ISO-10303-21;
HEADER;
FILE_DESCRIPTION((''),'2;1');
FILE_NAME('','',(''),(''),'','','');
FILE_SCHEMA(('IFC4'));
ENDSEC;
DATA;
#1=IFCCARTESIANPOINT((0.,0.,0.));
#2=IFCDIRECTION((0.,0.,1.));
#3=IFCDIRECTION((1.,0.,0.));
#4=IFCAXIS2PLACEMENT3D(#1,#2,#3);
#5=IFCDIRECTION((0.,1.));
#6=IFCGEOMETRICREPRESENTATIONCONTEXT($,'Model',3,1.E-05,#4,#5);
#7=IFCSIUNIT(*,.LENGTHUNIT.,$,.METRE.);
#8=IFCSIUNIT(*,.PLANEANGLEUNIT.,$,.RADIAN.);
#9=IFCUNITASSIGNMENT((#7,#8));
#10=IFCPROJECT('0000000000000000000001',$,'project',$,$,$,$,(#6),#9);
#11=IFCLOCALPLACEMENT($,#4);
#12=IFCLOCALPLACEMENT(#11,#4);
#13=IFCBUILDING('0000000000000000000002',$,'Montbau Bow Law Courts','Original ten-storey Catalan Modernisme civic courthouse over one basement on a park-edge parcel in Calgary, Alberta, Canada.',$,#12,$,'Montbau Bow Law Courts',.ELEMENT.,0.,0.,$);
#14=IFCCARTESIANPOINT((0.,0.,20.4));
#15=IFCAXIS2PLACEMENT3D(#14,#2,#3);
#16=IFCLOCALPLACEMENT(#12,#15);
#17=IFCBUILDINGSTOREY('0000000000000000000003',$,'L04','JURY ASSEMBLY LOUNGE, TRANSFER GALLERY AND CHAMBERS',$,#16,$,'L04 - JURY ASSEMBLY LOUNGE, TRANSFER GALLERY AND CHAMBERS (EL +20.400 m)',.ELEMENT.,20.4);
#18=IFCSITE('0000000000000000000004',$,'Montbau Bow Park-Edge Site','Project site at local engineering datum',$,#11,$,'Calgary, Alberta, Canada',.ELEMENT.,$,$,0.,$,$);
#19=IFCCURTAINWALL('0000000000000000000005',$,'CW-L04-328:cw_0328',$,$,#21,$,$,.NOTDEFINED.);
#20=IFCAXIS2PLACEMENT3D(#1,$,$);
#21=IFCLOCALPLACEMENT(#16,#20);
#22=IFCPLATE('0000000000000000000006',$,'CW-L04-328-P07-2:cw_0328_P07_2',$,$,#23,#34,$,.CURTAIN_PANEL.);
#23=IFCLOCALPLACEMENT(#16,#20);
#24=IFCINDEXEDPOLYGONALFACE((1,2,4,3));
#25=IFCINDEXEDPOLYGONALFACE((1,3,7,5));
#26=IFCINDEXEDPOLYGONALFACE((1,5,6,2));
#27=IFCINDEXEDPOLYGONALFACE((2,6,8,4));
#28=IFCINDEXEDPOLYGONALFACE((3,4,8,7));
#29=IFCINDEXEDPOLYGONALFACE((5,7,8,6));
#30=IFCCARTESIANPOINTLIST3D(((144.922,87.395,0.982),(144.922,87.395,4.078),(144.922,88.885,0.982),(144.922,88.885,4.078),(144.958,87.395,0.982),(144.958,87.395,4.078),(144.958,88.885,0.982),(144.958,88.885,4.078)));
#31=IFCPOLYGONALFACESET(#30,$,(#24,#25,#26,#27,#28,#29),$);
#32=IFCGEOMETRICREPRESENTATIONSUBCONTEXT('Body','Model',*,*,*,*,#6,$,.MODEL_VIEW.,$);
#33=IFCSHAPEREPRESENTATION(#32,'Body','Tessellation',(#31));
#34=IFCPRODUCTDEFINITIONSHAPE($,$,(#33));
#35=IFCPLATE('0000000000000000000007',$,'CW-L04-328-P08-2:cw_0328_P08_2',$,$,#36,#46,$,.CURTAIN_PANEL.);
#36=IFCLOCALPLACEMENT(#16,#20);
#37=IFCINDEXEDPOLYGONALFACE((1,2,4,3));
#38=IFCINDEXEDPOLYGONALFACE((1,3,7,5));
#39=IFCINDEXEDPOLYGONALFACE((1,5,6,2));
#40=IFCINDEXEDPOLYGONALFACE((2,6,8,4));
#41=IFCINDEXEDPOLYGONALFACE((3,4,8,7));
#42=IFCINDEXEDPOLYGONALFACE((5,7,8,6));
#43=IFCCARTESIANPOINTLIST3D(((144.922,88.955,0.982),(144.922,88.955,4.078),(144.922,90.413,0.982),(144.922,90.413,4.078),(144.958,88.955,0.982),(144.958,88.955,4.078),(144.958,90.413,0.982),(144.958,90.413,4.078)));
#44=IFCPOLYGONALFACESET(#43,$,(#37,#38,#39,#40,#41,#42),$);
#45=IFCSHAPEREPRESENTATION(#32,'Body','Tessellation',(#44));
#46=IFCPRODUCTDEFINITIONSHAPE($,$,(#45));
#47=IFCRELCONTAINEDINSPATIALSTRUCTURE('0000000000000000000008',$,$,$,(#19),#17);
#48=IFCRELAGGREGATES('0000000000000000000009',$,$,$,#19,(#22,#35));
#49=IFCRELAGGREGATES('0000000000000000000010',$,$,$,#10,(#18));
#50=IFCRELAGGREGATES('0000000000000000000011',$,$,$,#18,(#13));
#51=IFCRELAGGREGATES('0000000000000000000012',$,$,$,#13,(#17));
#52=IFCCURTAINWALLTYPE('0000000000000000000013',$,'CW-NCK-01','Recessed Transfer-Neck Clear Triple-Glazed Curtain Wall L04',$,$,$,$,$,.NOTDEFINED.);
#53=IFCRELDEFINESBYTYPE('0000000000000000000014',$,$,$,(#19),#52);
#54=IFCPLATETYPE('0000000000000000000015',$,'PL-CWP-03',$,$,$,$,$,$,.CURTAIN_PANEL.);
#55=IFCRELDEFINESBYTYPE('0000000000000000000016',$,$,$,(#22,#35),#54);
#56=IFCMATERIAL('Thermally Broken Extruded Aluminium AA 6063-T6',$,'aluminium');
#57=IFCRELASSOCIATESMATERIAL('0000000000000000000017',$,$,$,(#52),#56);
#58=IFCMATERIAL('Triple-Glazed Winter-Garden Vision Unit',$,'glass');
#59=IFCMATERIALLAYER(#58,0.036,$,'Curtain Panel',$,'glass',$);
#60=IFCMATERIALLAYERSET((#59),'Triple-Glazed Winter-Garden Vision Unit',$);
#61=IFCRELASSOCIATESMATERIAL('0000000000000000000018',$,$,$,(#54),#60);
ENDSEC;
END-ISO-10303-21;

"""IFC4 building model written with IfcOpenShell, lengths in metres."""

from ifc_helpers import new_model, si_unit, direction, frame, frame_2d, origin_with_axes, place, context, subcontext, project, spatial, rectangle, extrude, material, layer, layer_set, type_object, element, aggregate, save


model = new_model("IFC4")

# Units and contexts
model_context = context("Model", 3, precision=1e-05, world=origin_with_axes(), true_north=direction((0.0, 1.0)))
body_context = subcontext(model_context, "Body", "Model", "MODEL_VIEW")
ifc_project = project(units=[si_unit("LENGTHUNIT", "METRE"), si_unit("PLANEANGLEUNIT", "RADIAN")], contexts=[model_context])

# Site, building, storey
site_placement = place(None, origin_with_axes())
site = spatial("IfcSite", under=ifc_project, at=site_placement, Name="Montbau Bow Park-Edge Site", Description="Project site at local engineering datum", LongName="Calgary, Alberta, Canada", CompositionType="ELEMENT", RefElevation=0.0)
building_placement = place(site_placement, origin_with_axes())
building = spatial("IfcBuilding", under=site, at=building_placement, Name="Montbau Bow Law Courts", Description="Original ten-storey Catalan Modernisme civic courthouse over one basement on a park-edge parcel in Calgary, Alberta, Canada.", LongName="Montbau Bow Law Courts", CompositionType="ELEMENT", ElevationOfRefHeight=0.0, ElevationOfTerrain=0.0)
storey_placement = place(building_placement, frame((0.0, 0.0, 20.4), z_axis=(0.0, 0.0, 1.0), x_axis=(1.0, 0.0, 0.0)))
storey = spatial("IfcBuildingStorey", under=building, at=storey_placement, Name="L04", Description="JURY ASSEMBLY LOUNGE, TRANSFER GALLERY AND CHAMBERS", LongName="L04 - JURY ASSEMBLY LOUNGE, TRANSFER GALLERY AND CHAMBERS (EL +20.400 m)", CompositionType="ELEMENT", Elevation=20.4)

# Curtain wall, plates
ifc_material_1 = material(Name="Thermally Broken Extruded Aluminium AA 6063-T6", Category="aluminium")
curtain_wall_type = type_object("IfcCurtainWallType", Name="CW-NCK-01", Description="Recessed Transfer-Neck Clear Triple-Glazed Curtain Wall L04", PredefinedType="NOTDEFINED", material=ifc_material_1)
curtain_wall_placement = place(None, frame((144.94, 78.0, 20.4), z_axis=(0.0, 0.0, 1.0), x_axis=(1.0, 0.0, 0.0)))
curtain_wall = element("IfcCurtainWall", 1, at=curtain_wall_placement, inside=storey, type_object=curtain_wall_type, Name="CW-L04-328:cw_0328", PredefinedType="NOTDEFINED")
ifc_material_2 = material(Name="Triple-Glazed Winter-Garden Vision Unit", Category="glass")
ifc_layer_1 = layer(ifc_material_2, 0.036, Name="Curtain Panel", Category="glass")
ifc_layer_set_1 = layer_set([ifc_layer_1], Name="Triple-Glazed Winter-Garden Vision Unit")
plate_type_1 = type_object("IfcPlateType", Name="PL-CWP-03", PredefinedType="CURTAIN_PANEL", material=ifc_layer_set_1)
plate_1_placement = place(None, frame((144.94, 87.395, 21.382), z_axis=(1.0, 0.0, 0.0), x_axis=(0.0, 1.0, 0.0)))
plate_1 = element("IfcPlate", 2, at=plate_1_placement, type_object=plate_type_1, Name="CW-L04-328-P07-2:cw_0328_P07_2", PredefinedType="CURTAIN_PANEL", context=body_context, shape_type="SweptSolid", body=[
    extrude(rectangle(XDim=1.49, YDim=3.096, at=frame_2d((0.745, 1.548), x_axis=(1.0, 0.0))), frame((0.0, 0.0, -0.018), z_axis=(0.0, 0.0, 1.0), x_axis=(1.0, 0.0, 0.0)), (0.0, 0.0, 1.0), 0.036),
])
plate_2_placement = place(None, frame((144.94, 88.955, 21.382), z_axis=(1.0, 0.0, 0.0), x_axis=(0.0, 1.0, 0.0)))
plate_2 = element("IfcPlate", 3, at=plate_2_placement, type_object=plate_type_1, Name="CW-L04-328-P08-2:cw_0328_P08_2", PredefinedType="CURTAIN_PANEL", context=body_context, shape_type="SweptSolid", body=[
    extrude(rectangle(XDim=1.458, YDim=3.096, at=frame_2d((0.729, 1.548), x_axis=(1.0, 0.0))), frame((0.0, 0.0, -0.018), z_axis=(0.0, 0.0, 1.0), x_axis=(1.0, 0.0, 0.0)), (0.0, 0.0, 1.0), 0.036),
])
aggregate(curtain_wall, [plate_1, plate_2])

save(model, "model.ifc")
